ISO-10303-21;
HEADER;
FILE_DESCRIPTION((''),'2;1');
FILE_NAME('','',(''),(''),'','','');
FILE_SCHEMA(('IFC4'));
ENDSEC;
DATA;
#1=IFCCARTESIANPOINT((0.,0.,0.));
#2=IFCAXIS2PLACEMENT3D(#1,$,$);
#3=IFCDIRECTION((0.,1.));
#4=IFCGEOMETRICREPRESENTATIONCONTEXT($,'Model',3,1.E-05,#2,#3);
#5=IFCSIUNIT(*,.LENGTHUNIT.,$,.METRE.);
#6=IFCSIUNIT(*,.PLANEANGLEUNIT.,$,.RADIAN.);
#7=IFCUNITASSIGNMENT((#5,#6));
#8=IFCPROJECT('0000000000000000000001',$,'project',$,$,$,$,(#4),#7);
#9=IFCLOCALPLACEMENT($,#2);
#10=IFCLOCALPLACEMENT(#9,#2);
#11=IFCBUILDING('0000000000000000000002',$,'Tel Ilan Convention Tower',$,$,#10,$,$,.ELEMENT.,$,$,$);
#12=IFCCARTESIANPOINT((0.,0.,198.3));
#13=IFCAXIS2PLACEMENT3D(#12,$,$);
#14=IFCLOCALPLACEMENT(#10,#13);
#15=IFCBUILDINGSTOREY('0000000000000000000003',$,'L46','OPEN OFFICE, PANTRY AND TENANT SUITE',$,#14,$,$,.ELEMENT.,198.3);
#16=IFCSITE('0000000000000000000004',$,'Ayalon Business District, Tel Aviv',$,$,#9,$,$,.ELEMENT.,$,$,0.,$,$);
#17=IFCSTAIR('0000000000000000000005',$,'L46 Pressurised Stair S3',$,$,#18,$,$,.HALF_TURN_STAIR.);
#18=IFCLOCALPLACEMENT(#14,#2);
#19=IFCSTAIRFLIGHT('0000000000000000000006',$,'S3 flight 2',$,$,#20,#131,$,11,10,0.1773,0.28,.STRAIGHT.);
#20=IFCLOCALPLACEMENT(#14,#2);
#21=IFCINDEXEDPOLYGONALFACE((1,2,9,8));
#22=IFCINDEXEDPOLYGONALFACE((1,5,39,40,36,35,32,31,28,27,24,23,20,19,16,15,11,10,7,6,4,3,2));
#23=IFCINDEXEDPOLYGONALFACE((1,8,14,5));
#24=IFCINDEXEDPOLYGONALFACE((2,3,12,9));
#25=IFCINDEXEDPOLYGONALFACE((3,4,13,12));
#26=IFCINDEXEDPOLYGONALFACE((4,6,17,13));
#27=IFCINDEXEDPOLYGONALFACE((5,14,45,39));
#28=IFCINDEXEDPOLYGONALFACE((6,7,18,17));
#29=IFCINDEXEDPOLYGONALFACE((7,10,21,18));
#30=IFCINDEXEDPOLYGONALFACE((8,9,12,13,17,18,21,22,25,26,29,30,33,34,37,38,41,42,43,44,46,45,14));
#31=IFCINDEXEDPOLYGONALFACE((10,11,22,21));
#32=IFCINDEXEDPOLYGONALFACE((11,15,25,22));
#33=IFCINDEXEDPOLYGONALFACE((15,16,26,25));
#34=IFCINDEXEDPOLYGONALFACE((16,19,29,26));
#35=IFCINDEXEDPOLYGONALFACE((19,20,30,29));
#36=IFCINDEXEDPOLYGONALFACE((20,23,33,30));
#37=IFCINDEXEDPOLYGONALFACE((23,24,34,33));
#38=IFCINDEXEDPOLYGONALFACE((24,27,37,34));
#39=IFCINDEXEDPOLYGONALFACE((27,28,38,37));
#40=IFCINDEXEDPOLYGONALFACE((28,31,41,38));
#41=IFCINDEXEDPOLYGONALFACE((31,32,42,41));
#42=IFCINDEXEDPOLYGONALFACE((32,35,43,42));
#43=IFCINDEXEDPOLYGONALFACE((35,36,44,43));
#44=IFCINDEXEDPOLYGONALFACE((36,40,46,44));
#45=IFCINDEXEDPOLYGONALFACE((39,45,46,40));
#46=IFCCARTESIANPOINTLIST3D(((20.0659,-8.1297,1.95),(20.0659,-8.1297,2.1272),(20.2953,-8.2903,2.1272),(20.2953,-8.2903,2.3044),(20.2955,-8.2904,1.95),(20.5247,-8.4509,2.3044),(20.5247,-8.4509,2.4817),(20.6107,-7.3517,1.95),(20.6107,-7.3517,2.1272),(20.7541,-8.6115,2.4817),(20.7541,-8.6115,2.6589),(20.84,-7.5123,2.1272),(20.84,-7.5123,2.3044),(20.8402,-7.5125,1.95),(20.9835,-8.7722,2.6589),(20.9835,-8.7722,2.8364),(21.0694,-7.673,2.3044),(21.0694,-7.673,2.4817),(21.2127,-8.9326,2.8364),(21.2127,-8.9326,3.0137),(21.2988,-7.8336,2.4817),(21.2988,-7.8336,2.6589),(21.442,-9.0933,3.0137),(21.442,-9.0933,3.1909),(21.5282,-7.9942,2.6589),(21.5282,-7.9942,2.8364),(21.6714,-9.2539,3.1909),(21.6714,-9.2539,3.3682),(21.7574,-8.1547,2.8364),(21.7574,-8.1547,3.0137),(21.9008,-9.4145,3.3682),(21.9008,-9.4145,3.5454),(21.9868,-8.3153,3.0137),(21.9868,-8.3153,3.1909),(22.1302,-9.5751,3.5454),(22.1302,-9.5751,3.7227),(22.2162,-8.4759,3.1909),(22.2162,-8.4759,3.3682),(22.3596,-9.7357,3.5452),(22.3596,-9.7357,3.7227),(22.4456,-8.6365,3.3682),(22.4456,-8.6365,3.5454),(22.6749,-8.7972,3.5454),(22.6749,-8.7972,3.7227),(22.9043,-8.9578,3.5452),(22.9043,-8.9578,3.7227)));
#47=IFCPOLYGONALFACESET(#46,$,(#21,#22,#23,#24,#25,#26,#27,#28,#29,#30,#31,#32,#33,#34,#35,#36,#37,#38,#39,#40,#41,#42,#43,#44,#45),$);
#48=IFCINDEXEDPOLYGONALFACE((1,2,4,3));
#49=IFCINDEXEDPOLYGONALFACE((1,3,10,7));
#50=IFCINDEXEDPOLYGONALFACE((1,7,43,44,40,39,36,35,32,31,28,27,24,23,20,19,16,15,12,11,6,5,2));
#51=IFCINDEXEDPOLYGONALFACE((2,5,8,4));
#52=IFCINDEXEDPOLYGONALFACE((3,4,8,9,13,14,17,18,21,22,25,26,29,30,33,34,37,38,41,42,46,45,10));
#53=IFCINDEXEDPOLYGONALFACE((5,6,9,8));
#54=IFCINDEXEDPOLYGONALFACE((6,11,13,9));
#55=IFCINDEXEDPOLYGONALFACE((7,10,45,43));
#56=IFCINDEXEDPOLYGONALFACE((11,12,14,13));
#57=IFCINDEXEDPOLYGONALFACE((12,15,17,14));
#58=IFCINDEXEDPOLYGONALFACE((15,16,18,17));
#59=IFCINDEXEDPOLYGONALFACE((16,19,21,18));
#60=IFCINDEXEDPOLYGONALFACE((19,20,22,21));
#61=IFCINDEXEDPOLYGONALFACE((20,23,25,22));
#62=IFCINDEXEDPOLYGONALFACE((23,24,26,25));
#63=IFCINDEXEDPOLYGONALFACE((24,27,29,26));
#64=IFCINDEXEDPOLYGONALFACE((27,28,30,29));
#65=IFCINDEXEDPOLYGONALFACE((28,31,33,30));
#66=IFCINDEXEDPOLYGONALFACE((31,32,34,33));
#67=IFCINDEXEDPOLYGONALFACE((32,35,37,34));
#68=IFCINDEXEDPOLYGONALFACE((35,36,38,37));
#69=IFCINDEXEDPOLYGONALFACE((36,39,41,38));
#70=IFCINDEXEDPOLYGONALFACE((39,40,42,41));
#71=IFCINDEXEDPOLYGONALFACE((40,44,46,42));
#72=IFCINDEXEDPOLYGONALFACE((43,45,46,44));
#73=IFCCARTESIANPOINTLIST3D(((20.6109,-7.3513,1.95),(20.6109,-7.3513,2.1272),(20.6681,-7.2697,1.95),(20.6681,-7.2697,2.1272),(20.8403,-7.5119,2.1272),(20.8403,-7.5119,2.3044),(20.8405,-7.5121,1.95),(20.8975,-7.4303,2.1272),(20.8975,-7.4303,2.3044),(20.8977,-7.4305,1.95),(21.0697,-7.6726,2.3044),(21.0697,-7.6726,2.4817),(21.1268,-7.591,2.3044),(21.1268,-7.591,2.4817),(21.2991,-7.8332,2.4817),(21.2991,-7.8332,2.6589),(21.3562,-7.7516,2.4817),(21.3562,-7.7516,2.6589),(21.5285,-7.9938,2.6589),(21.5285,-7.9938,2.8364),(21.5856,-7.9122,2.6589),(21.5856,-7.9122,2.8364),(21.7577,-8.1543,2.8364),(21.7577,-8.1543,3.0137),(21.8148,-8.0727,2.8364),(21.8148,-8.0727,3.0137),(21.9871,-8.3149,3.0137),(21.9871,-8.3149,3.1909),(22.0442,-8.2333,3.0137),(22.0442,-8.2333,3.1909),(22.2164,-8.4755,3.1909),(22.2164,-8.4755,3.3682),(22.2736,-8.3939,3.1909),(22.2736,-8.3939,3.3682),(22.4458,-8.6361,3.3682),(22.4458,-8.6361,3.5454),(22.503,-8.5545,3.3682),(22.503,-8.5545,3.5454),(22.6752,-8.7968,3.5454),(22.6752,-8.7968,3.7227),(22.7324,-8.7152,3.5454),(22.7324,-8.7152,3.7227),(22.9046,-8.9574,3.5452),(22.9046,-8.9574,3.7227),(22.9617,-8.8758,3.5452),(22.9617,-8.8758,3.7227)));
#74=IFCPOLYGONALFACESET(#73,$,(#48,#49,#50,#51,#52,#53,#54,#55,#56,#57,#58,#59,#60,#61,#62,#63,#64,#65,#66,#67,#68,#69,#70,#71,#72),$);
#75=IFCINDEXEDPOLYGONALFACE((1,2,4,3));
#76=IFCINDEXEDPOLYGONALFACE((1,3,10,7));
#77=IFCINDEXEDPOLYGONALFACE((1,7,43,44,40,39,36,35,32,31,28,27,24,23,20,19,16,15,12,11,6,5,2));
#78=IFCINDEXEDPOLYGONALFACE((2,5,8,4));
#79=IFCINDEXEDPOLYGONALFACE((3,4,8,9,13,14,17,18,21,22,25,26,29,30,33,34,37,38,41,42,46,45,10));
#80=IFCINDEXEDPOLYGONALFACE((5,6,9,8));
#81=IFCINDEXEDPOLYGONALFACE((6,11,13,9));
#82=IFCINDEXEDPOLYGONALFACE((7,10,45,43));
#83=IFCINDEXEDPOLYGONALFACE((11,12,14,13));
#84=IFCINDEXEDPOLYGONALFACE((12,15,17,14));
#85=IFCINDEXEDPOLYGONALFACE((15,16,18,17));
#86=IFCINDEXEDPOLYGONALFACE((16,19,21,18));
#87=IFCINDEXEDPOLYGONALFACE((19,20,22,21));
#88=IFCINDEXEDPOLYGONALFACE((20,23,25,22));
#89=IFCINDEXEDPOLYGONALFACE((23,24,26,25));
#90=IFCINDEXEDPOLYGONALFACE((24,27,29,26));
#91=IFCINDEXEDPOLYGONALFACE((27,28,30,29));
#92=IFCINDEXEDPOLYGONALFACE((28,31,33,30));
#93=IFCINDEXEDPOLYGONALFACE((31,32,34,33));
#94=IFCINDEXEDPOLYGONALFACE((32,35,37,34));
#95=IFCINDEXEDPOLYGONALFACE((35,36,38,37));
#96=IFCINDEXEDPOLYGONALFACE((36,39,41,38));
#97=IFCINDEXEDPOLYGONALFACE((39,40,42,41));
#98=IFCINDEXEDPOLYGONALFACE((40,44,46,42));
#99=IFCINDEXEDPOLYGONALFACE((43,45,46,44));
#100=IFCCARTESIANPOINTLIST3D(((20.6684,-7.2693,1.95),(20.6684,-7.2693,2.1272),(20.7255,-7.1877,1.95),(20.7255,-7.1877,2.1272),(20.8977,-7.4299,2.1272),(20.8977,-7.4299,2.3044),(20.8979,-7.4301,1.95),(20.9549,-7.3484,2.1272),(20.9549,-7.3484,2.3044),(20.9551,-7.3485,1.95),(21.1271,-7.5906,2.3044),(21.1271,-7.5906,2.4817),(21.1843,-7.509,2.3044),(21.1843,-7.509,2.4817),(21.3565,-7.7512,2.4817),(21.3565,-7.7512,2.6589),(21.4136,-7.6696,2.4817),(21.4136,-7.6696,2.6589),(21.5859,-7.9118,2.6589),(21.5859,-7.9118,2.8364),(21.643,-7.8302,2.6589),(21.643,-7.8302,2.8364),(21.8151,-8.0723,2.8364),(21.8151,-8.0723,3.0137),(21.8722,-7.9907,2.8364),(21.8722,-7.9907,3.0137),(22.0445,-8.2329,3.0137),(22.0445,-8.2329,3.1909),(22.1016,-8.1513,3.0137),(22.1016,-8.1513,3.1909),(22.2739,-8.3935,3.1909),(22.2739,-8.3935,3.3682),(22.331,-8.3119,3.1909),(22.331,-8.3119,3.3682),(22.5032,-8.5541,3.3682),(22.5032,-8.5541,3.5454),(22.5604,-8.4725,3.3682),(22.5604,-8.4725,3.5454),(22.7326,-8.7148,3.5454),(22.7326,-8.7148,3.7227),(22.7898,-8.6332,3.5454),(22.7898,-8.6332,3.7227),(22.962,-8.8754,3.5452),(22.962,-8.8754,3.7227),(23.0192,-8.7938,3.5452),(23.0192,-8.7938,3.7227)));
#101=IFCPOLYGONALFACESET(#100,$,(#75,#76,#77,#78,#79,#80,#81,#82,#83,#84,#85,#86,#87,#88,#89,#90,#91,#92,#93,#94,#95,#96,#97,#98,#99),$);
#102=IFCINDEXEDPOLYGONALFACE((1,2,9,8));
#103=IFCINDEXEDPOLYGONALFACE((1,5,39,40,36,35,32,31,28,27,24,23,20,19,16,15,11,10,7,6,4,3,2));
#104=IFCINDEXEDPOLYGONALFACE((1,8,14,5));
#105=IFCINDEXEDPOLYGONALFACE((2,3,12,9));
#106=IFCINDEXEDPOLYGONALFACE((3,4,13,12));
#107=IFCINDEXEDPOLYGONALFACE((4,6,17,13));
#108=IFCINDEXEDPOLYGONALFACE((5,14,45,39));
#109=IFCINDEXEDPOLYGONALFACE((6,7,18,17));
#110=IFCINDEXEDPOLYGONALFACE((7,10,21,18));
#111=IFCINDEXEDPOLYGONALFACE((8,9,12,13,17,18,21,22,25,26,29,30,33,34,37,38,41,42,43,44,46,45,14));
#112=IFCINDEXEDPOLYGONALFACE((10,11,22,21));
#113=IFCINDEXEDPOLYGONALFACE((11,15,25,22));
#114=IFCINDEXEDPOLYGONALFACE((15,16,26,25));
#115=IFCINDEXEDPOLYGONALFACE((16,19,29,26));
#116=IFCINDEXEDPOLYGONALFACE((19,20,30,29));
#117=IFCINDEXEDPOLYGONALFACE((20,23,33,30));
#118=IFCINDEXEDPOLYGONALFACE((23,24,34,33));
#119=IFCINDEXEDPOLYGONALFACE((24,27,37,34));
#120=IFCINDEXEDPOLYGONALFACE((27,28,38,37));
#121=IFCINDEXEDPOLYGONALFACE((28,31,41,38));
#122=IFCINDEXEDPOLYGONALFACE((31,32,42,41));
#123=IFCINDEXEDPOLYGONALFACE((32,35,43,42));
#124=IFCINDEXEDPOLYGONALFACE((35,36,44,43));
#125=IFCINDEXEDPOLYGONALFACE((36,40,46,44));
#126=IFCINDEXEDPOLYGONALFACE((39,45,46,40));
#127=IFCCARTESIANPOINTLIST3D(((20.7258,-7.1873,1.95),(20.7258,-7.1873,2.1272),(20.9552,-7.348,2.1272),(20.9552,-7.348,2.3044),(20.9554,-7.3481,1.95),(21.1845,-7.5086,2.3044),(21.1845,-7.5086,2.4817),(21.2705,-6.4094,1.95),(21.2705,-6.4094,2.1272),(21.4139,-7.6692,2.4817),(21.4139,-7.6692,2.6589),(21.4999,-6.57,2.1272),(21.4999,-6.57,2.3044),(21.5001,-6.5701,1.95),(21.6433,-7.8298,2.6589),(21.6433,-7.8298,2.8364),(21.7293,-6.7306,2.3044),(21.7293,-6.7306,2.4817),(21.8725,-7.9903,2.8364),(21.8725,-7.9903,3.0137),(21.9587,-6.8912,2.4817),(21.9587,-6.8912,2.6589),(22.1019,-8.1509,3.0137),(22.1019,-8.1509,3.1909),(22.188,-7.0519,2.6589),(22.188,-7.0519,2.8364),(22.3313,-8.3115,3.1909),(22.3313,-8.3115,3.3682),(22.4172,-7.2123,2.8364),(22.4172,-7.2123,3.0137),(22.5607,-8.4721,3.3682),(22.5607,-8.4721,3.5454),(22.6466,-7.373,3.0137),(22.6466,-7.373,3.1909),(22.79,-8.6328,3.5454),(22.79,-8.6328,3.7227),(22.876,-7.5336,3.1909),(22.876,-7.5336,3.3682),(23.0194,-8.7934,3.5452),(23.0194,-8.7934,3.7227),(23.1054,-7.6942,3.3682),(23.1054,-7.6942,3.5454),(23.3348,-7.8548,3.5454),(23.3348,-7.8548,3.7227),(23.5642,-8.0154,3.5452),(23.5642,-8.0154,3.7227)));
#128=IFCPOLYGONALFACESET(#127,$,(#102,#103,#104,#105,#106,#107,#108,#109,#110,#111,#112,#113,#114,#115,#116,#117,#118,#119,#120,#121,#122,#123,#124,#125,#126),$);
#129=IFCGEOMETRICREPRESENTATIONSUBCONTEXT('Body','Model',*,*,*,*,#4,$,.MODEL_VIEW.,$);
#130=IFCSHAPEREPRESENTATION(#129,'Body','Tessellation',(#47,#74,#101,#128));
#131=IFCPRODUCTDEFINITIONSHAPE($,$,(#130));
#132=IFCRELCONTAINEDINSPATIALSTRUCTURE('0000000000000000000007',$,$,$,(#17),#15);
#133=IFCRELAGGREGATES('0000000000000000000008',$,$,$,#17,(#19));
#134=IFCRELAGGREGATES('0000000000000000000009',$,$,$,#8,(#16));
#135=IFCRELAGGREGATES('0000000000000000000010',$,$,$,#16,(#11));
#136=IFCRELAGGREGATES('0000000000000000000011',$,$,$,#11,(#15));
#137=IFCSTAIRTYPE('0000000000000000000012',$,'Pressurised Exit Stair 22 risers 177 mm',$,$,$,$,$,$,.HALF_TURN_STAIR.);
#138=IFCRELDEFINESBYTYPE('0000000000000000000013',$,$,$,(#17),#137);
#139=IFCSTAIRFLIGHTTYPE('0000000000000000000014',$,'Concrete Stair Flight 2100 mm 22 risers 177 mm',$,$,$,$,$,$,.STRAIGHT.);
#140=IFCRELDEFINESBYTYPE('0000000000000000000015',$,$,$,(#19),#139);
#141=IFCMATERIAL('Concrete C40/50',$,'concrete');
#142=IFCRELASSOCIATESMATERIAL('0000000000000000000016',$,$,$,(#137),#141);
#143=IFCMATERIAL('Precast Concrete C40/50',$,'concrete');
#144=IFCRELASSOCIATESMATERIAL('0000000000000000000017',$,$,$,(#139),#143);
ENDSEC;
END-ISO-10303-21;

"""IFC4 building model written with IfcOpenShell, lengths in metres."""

from ifc_helpers import new_model, si_unit, direction, frame, origin, place, context, subcontext, project, spatial, polyline, outline, extrude, material, type_object, element, aggregate, save


model = new_model("IFC4")

# Units and contexts
model_context = context("Model", 3, precision=1e-05, world=origin(), true_north=direction((0.0, 1.0)))
body_context = subcontext(model_context, "Body", "Model", "MODEL_VIEW")
ifc_project = project(units=[si_unit("LENGTHUNIT", "METRE"), si_unit("PLANEANGLEUNIT", "RADIAN")], contexts=[model_context])

# Site, building, storey
site_placement = place(None, origin())
site = spatial("IfcSite", under=ifc_project, at=site_placement, Name="Ayalon Business District, Tel Aviv", CompositionType="ELEMENT", RefElevation=0.0)
building_placement = place(site_placement, origin())
building = spatial("IfcBuilding", under=site, at=building_placement, Name="Tel Ilan Convention Tower", CompositionType="ELEMENT")
storey_placement = place(building_placement, frame((0.0, 0.0, 198.3)))
storey = spatial("IfcBuildingStorey", under=building, at=storey_placement, Name="L46", Description="OPEN OFFICE, PANTRY AND TENANT SUITE", CompositionType="ELEMENT", Elevation=198.3)

# Stair, stair flight
ifc_material_1 = material(Name="Concrete C40/50", Category="concrete")
stair_type = type_object("IfcStairType", Name="Pressurised Exit Stair 22 risers 177 mm", PredefinedType="HALF_TURN_STAIR", material=ifc_material_1)
stair_1_placement = place(storey_placement, origin())
stair_1 = element("IfcStair", 1, at=stair_1_placement, inside=storey, type_object=stair_type, Name="L46 Pressurised Stair S3", PredefinedType="HALF_TURN_STAIR")
ifc_material_2 = material(Name="Precast Concrete C40/50", Category="concrete")
stair_flight_type = type_object("IfcStairFlightType", Name="Concrete Stair Flight 2100 mm 22 risers 177 mm", PredefinedType="STRAIGHT", material=ifc_material_2)
stair_flight_1_placement = place(storey_placement, frame((20.6682, -7.2695, 1.95), z_axis=(0.0, 0.0, 1.0), x_axis=(0.819152, -0.573576, 0.0)))
stair_flight_1 = element("IfcStairFlight", 2, at=stair_flight_1_placement, type_object=stair_flight_type, Name="S3 flight 2", NumberOfRisers=11, NumberOfTreads=10, PredefinedType="STRAIGHT", RiserHeight=0.1773, TreadLength=0.28, context=body_context, shape_type="SweptSolid", body=[
    extrude(outline(polyline([(0.0, 0.0), (0.0, 0.1772), (0.28, 0.1772), (0.28, 0.3545), (0.5601, 0.3545), (0.5601, 0.5317), (0.8401, 0.5317), (0.8401, 0.709), (1.1201, 0.709), (1.1201, 0.8865), (1.3999, 0.8865), (1.3999, 1.0637), (1.6799, 1.0637), (1.6799, 1.241), (1.96, 1.241), (1.96, 1.4182), (2.24, 1.4182), (2.24, 1.5955), (2.52, 1.5955), (2.52, 1.7727), (2.8, 1.7727), (2.8, 1.95), (2.8, 1.5952), (0.2803, 0.0), (0.0, 0.0)])), frame((0.0, -0.1003, 0.0), z_axis=(0.0, -1.0, 0.0), x_axis=(1.0, 0.0, 0.0)), (0.0, 0.0, 1.0), 0.9497),
    extrude(outline(polyline([(0.0, 0.0), (0.0, 0.1772), (0.28, 0.1772), (0.28, 0.3545), (0.5601, 0.3545), (0.5601, 0.5317), (0.8401, 0.5317), (0.8401, 0.709), (1.1201, 0.709), (1.1201, 0.8865), (1.3999, 0.8865), (1.3999, 1.0637), (1.6799, 1.0637), (1.6799, 1.241), (1.96, 1.241), (1.96, 1.4182), (2.24, 1.4182), (2.24, 1.5955), (2.52, 1.5955), (2.52, 1.7727), (2.8, 1.7727), (2.8, 1.95), (2.8, 1.5952), (0.2803, 0.0), (0.0, 0.0)])), frame((0.0, -0.0002, 0.0), z_axis=(0.0, -1.0, 0.0), x_axis=(1.0, 0.0, 0.0)), (0.0, 0.0, 1.0), 0.0996),
    extrude(outline(polyline([(0.0, 0.0), (0.0, 0.1772), (0.28, 0.1772), (0.28, 0.3545), (0.5601, 0.3545), (0.5601, 0.5317), (0.8401, 0.5317), (0.8401, 0.709), (1.1201, 0.709), (1.1201, 0.8865), (1.3999, 0.8865), (1.3999, 1.0637), (1.6799, 1.0637), (1.6799, 1.241), (1.96, 1.241), (1.96, 1.4182), (2.24, 1.4182), (2.24, 1.5955), (2.52, 1.5955), (2.52, 1.7727), (2.8, 1.7727), (2.8, 1.95), (2.8, 1.5952), (0.2803, 0.0), (0.0, 0.0)])), frame((0.0, 0.0999, 0.0), z_axis=(0.0, -1.0, 0.0), x_axis=(1.0, 0.0, 0.0)), (0.0, 0.0, 1.0), 0.0996),
    extrude(outline(polyline([(0.0, 0.0), (0.0, 0.1772), (0.28, 0.1772), (0.28, 0.3545), (0.5601, 0.3545), (0.5601, 0.5317), (0.8401, 0.5317), (0.8401, 0.709), (1.1201, 0.709), (1.1201, 0.8865), (1.3999, 0.8865), (1.3999, 1.0637), (1.6799, 1.0637), (1.6799, 1.241), (1.96, 1.241), (1.96, 1.4182), (2.24, 1.4182), (2.24, 1.5955), (2.52, 1.5955), (2.52, 1.7727), (2.8, 1.7727), (2.8, 1.95), (2.8, 1.5952), (0.2803, 0.0), (0.0, 0.0)])), frame((0.0, 1.05, 0.0), z_axis=(0.0, -1.0, 0.0), x_axis=(1.0, 0.0, 0.0)), (0.0, 0.0, 1.0), 0.9497),
])
aggregate(stair_1, [stair_flight_1])

save(model, "model.ifc")
